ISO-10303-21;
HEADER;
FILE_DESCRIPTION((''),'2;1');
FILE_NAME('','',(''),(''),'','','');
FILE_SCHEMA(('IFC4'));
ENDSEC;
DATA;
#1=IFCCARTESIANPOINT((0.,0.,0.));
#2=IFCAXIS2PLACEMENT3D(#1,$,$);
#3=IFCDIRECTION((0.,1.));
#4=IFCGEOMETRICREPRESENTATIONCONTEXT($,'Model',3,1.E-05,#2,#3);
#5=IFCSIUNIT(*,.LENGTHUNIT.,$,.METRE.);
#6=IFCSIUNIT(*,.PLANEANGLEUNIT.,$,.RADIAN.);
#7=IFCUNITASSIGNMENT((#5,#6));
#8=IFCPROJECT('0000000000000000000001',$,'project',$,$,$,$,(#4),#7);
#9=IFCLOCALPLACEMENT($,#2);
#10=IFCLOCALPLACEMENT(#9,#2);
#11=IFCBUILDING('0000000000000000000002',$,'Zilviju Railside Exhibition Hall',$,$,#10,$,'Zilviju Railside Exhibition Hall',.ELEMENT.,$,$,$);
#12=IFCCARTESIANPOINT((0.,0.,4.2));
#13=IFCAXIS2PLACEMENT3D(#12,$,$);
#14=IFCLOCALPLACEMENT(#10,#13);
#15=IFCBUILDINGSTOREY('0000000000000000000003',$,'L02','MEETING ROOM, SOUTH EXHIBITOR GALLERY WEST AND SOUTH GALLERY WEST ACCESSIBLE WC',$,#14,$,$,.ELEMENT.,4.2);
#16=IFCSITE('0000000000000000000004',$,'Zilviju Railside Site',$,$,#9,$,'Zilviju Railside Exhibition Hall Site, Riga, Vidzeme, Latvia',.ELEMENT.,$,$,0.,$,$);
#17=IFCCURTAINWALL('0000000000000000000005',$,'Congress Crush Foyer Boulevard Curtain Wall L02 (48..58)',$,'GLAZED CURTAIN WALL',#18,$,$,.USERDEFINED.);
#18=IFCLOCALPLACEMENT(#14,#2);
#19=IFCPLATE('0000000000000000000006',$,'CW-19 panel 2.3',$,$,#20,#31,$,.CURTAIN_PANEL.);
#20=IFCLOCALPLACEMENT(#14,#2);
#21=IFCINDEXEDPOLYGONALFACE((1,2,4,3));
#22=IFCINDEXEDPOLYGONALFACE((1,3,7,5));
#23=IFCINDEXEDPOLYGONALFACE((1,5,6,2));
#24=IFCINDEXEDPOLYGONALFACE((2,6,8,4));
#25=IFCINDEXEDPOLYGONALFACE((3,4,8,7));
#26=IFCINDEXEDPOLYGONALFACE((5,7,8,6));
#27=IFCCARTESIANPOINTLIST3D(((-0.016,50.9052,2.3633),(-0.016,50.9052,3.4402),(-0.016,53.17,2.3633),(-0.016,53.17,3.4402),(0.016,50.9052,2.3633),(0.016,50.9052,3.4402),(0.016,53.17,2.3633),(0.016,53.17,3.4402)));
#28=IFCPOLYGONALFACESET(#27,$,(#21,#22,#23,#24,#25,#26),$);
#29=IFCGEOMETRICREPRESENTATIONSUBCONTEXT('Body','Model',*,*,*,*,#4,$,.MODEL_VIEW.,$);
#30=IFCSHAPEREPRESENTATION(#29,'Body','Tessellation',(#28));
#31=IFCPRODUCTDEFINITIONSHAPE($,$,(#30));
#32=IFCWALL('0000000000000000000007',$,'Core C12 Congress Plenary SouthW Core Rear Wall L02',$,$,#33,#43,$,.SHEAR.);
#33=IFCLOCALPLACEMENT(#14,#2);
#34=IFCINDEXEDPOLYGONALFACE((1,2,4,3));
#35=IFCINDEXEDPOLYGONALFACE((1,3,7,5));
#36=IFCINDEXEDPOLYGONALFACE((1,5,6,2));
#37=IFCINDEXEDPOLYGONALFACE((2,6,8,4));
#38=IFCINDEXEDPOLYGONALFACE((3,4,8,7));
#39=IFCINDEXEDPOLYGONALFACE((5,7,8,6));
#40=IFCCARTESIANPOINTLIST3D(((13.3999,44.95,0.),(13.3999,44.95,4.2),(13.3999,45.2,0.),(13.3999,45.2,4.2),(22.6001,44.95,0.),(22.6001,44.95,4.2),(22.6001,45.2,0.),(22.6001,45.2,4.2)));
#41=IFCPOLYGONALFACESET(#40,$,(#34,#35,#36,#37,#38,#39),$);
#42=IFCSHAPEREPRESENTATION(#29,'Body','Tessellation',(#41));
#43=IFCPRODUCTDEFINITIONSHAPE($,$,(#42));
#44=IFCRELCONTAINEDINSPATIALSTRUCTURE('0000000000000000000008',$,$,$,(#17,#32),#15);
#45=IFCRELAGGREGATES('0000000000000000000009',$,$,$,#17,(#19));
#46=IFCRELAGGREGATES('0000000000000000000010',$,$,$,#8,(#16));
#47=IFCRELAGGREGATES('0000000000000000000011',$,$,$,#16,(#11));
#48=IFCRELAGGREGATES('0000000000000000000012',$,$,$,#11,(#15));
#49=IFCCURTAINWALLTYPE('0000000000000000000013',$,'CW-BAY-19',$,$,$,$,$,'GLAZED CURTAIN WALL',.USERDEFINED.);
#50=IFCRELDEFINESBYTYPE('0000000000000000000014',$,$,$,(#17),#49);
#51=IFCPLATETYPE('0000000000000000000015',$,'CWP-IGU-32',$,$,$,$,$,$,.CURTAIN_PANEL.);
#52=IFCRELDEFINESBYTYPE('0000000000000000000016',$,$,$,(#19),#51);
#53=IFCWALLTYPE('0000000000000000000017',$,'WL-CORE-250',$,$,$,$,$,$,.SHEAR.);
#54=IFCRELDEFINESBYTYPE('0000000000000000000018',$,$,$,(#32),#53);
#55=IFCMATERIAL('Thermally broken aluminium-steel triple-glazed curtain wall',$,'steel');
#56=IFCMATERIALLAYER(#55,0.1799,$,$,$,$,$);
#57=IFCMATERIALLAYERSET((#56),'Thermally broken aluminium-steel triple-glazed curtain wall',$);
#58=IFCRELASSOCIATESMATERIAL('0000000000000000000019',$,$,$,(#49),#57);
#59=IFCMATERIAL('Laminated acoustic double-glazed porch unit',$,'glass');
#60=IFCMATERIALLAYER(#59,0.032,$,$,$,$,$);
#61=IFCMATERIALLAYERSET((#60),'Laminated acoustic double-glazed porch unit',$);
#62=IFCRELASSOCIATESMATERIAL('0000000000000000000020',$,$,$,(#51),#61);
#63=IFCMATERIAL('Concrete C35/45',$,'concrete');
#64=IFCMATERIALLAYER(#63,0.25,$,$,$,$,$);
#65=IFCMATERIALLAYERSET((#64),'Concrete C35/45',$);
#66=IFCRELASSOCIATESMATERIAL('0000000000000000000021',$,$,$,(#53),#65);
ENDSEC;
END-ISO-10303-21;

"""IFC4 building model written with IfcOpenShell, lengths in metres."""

from ifc_helpers import new_model, si_unit, direction, frame, frame_2d, origin, origin_2d, place, context, subcontext, project, spatial, rectangle, extrude, material, layer, layer_set, type_object, element, aggregate, save


model = new_model("IFC4")

# Units and contexts
model_context = context("Model", 3, precision=1e-05, world=origin(), true_north=direction((0.0, 1.0)))
body_context = subcontext(model_context, "Body", "Model", "MODEL_VIEW")
ifc_project = project(units=[si_unit("LENGTHUNIT", "METRE"), si_unit("PLANEANGLEUNIT", "RADIAN")], contexts=[model_context])

# Site, building, storey
site_placement = place(None, origin())
site = spatial("IfcSite", under=ifc_project, at=site_placement, Name="Zilviju Railside Site", LongName="Zilviju Railside Exhibition Hall Site, Riga, Vidzeme, Latvia", CompositionType="ELEMENT", RefElevation=0.0)
building_placement = place(site_placement, origin())
building = spatial("IfcBuilding", under=site, at=building_placement, Name="Zilviju Railside Exhibition Hall", LongName="Zilviju Railside Exhibition Hall", CompositionType="ELEMENT")
storey_placement = place(building_placement, frame((0.0, 0.0, 4.2)))
storey = spatial("IfcBuildingStorey", under=building, at=storey_placement, Name="L02", Description="MEETING ROOM, SOUTH EXHIBITOR GALLERY WEST AND SOUTH GALLERY WEST ACCESSIBLE WC", CompositionType="ELEMENT", Elevation=4.2)

# Curtain wall, plate
ifc_material_1 = material(Name="Thermally broken aluminium-steel triple-glazed curtain wall", Category="steel")
ifc_layer_1 = layer(ifc_material_1, 0.1799)
ifc_layer_set_1 = layer_set([ifc_layer_1], Name="Thermally broken aluminium-steel triple-glazed curtain wall")
curtain_wall_type = type_object("IfcCurtainWallType", Name="CW-BAY-19", ElementType="GLAZED CURTAIN WALL", PredefinedType="USERDEFINED", material=ifc_layer_set_1)
curtain_wall_placement = place(storey_placement, origin())
curtain_wall = element("IfcCurtainWall", 1, at=curtain_wall_placement, inside=storey, type_object=curtain_wall_type, Name="Congress Crush Foyer Boulevard Curtain Wall L02 (48..58)", ObjectType="GLAZED CURTAIN WALL", PredefinedType="USERDEFINED")
ifc_material_2 = material(Name="Laminated acoustic double-glazed porch unit", Category="glass")
ifc_layer_2 = layer(ifc_material_2, 0.032)
ifc_layer_set_2 = layer_set([ifc_layer_2], Name="Laminated acoustic double-glazed porch unit")
plate_type = type_object("IfcPlateType", Name="CWP-IGU-32", PredefinedType="CURTAIN_PANEL", material=ifc_layer_set_2)
plate_1_placement = place(storey_placement, frame((0.0, 52.0376, 2.3633), z_axis=(0.0, 0.0, 1.0), x_axis=(0.0, 1.0, 0.0)))
plate_1 = element("IfcPlate", 2, at=plate_1_placement, type_object=plate_type, Name="CW-19 panel 2.3", PredefinedType="CURTAIN_PANEL", context=body_context, shape_type="SweptSolid", body=[
    extrude(rectangle(XDim=2.2649, YDim=0.032, at=origin_2d()), origin(), (0.0, 0.0, 1.0), 1.0769),
])
aggregate(curtain_wall, [plate_1])

# Wall
ifc_material_3 = material(Name="Concrete C35/45", Category="concrete")
ifc_layer_3 = layer(ifc_material_3, 0.25)
ifc_layer_set_3 = layer_set([ifc_layer_3], Name="Concrete C35/45")
wall_type = type_object("IfcWallType", Name="WL-CORE-250", PredefinedType="SHEAR", material=ifc_layer_set_3)
wall_placement = place(storey_placement, frame((13.3999, 45.075, 0.0), z_axis=(0.0, 0.0, 1.0), x_axis=(1.0, 0.0, 0.0)))
element("IfcWall", 3, at=wall_placement, inside=storey, type_object=wall_type, Name="Core C12 Congress Plenary SouthW Core Rear Wall L02", PredefinedType="SHEAR", context=body_context, shape_type="SweptSolid", body=[
    extrude(rectangle(XDim=9.2002, YDim=0.25, at=frame_2d((4.6001, 0.0))), origin(), (0.0, 0.0, 1.0), 4.2),
])

save(model, "model.ifc")
